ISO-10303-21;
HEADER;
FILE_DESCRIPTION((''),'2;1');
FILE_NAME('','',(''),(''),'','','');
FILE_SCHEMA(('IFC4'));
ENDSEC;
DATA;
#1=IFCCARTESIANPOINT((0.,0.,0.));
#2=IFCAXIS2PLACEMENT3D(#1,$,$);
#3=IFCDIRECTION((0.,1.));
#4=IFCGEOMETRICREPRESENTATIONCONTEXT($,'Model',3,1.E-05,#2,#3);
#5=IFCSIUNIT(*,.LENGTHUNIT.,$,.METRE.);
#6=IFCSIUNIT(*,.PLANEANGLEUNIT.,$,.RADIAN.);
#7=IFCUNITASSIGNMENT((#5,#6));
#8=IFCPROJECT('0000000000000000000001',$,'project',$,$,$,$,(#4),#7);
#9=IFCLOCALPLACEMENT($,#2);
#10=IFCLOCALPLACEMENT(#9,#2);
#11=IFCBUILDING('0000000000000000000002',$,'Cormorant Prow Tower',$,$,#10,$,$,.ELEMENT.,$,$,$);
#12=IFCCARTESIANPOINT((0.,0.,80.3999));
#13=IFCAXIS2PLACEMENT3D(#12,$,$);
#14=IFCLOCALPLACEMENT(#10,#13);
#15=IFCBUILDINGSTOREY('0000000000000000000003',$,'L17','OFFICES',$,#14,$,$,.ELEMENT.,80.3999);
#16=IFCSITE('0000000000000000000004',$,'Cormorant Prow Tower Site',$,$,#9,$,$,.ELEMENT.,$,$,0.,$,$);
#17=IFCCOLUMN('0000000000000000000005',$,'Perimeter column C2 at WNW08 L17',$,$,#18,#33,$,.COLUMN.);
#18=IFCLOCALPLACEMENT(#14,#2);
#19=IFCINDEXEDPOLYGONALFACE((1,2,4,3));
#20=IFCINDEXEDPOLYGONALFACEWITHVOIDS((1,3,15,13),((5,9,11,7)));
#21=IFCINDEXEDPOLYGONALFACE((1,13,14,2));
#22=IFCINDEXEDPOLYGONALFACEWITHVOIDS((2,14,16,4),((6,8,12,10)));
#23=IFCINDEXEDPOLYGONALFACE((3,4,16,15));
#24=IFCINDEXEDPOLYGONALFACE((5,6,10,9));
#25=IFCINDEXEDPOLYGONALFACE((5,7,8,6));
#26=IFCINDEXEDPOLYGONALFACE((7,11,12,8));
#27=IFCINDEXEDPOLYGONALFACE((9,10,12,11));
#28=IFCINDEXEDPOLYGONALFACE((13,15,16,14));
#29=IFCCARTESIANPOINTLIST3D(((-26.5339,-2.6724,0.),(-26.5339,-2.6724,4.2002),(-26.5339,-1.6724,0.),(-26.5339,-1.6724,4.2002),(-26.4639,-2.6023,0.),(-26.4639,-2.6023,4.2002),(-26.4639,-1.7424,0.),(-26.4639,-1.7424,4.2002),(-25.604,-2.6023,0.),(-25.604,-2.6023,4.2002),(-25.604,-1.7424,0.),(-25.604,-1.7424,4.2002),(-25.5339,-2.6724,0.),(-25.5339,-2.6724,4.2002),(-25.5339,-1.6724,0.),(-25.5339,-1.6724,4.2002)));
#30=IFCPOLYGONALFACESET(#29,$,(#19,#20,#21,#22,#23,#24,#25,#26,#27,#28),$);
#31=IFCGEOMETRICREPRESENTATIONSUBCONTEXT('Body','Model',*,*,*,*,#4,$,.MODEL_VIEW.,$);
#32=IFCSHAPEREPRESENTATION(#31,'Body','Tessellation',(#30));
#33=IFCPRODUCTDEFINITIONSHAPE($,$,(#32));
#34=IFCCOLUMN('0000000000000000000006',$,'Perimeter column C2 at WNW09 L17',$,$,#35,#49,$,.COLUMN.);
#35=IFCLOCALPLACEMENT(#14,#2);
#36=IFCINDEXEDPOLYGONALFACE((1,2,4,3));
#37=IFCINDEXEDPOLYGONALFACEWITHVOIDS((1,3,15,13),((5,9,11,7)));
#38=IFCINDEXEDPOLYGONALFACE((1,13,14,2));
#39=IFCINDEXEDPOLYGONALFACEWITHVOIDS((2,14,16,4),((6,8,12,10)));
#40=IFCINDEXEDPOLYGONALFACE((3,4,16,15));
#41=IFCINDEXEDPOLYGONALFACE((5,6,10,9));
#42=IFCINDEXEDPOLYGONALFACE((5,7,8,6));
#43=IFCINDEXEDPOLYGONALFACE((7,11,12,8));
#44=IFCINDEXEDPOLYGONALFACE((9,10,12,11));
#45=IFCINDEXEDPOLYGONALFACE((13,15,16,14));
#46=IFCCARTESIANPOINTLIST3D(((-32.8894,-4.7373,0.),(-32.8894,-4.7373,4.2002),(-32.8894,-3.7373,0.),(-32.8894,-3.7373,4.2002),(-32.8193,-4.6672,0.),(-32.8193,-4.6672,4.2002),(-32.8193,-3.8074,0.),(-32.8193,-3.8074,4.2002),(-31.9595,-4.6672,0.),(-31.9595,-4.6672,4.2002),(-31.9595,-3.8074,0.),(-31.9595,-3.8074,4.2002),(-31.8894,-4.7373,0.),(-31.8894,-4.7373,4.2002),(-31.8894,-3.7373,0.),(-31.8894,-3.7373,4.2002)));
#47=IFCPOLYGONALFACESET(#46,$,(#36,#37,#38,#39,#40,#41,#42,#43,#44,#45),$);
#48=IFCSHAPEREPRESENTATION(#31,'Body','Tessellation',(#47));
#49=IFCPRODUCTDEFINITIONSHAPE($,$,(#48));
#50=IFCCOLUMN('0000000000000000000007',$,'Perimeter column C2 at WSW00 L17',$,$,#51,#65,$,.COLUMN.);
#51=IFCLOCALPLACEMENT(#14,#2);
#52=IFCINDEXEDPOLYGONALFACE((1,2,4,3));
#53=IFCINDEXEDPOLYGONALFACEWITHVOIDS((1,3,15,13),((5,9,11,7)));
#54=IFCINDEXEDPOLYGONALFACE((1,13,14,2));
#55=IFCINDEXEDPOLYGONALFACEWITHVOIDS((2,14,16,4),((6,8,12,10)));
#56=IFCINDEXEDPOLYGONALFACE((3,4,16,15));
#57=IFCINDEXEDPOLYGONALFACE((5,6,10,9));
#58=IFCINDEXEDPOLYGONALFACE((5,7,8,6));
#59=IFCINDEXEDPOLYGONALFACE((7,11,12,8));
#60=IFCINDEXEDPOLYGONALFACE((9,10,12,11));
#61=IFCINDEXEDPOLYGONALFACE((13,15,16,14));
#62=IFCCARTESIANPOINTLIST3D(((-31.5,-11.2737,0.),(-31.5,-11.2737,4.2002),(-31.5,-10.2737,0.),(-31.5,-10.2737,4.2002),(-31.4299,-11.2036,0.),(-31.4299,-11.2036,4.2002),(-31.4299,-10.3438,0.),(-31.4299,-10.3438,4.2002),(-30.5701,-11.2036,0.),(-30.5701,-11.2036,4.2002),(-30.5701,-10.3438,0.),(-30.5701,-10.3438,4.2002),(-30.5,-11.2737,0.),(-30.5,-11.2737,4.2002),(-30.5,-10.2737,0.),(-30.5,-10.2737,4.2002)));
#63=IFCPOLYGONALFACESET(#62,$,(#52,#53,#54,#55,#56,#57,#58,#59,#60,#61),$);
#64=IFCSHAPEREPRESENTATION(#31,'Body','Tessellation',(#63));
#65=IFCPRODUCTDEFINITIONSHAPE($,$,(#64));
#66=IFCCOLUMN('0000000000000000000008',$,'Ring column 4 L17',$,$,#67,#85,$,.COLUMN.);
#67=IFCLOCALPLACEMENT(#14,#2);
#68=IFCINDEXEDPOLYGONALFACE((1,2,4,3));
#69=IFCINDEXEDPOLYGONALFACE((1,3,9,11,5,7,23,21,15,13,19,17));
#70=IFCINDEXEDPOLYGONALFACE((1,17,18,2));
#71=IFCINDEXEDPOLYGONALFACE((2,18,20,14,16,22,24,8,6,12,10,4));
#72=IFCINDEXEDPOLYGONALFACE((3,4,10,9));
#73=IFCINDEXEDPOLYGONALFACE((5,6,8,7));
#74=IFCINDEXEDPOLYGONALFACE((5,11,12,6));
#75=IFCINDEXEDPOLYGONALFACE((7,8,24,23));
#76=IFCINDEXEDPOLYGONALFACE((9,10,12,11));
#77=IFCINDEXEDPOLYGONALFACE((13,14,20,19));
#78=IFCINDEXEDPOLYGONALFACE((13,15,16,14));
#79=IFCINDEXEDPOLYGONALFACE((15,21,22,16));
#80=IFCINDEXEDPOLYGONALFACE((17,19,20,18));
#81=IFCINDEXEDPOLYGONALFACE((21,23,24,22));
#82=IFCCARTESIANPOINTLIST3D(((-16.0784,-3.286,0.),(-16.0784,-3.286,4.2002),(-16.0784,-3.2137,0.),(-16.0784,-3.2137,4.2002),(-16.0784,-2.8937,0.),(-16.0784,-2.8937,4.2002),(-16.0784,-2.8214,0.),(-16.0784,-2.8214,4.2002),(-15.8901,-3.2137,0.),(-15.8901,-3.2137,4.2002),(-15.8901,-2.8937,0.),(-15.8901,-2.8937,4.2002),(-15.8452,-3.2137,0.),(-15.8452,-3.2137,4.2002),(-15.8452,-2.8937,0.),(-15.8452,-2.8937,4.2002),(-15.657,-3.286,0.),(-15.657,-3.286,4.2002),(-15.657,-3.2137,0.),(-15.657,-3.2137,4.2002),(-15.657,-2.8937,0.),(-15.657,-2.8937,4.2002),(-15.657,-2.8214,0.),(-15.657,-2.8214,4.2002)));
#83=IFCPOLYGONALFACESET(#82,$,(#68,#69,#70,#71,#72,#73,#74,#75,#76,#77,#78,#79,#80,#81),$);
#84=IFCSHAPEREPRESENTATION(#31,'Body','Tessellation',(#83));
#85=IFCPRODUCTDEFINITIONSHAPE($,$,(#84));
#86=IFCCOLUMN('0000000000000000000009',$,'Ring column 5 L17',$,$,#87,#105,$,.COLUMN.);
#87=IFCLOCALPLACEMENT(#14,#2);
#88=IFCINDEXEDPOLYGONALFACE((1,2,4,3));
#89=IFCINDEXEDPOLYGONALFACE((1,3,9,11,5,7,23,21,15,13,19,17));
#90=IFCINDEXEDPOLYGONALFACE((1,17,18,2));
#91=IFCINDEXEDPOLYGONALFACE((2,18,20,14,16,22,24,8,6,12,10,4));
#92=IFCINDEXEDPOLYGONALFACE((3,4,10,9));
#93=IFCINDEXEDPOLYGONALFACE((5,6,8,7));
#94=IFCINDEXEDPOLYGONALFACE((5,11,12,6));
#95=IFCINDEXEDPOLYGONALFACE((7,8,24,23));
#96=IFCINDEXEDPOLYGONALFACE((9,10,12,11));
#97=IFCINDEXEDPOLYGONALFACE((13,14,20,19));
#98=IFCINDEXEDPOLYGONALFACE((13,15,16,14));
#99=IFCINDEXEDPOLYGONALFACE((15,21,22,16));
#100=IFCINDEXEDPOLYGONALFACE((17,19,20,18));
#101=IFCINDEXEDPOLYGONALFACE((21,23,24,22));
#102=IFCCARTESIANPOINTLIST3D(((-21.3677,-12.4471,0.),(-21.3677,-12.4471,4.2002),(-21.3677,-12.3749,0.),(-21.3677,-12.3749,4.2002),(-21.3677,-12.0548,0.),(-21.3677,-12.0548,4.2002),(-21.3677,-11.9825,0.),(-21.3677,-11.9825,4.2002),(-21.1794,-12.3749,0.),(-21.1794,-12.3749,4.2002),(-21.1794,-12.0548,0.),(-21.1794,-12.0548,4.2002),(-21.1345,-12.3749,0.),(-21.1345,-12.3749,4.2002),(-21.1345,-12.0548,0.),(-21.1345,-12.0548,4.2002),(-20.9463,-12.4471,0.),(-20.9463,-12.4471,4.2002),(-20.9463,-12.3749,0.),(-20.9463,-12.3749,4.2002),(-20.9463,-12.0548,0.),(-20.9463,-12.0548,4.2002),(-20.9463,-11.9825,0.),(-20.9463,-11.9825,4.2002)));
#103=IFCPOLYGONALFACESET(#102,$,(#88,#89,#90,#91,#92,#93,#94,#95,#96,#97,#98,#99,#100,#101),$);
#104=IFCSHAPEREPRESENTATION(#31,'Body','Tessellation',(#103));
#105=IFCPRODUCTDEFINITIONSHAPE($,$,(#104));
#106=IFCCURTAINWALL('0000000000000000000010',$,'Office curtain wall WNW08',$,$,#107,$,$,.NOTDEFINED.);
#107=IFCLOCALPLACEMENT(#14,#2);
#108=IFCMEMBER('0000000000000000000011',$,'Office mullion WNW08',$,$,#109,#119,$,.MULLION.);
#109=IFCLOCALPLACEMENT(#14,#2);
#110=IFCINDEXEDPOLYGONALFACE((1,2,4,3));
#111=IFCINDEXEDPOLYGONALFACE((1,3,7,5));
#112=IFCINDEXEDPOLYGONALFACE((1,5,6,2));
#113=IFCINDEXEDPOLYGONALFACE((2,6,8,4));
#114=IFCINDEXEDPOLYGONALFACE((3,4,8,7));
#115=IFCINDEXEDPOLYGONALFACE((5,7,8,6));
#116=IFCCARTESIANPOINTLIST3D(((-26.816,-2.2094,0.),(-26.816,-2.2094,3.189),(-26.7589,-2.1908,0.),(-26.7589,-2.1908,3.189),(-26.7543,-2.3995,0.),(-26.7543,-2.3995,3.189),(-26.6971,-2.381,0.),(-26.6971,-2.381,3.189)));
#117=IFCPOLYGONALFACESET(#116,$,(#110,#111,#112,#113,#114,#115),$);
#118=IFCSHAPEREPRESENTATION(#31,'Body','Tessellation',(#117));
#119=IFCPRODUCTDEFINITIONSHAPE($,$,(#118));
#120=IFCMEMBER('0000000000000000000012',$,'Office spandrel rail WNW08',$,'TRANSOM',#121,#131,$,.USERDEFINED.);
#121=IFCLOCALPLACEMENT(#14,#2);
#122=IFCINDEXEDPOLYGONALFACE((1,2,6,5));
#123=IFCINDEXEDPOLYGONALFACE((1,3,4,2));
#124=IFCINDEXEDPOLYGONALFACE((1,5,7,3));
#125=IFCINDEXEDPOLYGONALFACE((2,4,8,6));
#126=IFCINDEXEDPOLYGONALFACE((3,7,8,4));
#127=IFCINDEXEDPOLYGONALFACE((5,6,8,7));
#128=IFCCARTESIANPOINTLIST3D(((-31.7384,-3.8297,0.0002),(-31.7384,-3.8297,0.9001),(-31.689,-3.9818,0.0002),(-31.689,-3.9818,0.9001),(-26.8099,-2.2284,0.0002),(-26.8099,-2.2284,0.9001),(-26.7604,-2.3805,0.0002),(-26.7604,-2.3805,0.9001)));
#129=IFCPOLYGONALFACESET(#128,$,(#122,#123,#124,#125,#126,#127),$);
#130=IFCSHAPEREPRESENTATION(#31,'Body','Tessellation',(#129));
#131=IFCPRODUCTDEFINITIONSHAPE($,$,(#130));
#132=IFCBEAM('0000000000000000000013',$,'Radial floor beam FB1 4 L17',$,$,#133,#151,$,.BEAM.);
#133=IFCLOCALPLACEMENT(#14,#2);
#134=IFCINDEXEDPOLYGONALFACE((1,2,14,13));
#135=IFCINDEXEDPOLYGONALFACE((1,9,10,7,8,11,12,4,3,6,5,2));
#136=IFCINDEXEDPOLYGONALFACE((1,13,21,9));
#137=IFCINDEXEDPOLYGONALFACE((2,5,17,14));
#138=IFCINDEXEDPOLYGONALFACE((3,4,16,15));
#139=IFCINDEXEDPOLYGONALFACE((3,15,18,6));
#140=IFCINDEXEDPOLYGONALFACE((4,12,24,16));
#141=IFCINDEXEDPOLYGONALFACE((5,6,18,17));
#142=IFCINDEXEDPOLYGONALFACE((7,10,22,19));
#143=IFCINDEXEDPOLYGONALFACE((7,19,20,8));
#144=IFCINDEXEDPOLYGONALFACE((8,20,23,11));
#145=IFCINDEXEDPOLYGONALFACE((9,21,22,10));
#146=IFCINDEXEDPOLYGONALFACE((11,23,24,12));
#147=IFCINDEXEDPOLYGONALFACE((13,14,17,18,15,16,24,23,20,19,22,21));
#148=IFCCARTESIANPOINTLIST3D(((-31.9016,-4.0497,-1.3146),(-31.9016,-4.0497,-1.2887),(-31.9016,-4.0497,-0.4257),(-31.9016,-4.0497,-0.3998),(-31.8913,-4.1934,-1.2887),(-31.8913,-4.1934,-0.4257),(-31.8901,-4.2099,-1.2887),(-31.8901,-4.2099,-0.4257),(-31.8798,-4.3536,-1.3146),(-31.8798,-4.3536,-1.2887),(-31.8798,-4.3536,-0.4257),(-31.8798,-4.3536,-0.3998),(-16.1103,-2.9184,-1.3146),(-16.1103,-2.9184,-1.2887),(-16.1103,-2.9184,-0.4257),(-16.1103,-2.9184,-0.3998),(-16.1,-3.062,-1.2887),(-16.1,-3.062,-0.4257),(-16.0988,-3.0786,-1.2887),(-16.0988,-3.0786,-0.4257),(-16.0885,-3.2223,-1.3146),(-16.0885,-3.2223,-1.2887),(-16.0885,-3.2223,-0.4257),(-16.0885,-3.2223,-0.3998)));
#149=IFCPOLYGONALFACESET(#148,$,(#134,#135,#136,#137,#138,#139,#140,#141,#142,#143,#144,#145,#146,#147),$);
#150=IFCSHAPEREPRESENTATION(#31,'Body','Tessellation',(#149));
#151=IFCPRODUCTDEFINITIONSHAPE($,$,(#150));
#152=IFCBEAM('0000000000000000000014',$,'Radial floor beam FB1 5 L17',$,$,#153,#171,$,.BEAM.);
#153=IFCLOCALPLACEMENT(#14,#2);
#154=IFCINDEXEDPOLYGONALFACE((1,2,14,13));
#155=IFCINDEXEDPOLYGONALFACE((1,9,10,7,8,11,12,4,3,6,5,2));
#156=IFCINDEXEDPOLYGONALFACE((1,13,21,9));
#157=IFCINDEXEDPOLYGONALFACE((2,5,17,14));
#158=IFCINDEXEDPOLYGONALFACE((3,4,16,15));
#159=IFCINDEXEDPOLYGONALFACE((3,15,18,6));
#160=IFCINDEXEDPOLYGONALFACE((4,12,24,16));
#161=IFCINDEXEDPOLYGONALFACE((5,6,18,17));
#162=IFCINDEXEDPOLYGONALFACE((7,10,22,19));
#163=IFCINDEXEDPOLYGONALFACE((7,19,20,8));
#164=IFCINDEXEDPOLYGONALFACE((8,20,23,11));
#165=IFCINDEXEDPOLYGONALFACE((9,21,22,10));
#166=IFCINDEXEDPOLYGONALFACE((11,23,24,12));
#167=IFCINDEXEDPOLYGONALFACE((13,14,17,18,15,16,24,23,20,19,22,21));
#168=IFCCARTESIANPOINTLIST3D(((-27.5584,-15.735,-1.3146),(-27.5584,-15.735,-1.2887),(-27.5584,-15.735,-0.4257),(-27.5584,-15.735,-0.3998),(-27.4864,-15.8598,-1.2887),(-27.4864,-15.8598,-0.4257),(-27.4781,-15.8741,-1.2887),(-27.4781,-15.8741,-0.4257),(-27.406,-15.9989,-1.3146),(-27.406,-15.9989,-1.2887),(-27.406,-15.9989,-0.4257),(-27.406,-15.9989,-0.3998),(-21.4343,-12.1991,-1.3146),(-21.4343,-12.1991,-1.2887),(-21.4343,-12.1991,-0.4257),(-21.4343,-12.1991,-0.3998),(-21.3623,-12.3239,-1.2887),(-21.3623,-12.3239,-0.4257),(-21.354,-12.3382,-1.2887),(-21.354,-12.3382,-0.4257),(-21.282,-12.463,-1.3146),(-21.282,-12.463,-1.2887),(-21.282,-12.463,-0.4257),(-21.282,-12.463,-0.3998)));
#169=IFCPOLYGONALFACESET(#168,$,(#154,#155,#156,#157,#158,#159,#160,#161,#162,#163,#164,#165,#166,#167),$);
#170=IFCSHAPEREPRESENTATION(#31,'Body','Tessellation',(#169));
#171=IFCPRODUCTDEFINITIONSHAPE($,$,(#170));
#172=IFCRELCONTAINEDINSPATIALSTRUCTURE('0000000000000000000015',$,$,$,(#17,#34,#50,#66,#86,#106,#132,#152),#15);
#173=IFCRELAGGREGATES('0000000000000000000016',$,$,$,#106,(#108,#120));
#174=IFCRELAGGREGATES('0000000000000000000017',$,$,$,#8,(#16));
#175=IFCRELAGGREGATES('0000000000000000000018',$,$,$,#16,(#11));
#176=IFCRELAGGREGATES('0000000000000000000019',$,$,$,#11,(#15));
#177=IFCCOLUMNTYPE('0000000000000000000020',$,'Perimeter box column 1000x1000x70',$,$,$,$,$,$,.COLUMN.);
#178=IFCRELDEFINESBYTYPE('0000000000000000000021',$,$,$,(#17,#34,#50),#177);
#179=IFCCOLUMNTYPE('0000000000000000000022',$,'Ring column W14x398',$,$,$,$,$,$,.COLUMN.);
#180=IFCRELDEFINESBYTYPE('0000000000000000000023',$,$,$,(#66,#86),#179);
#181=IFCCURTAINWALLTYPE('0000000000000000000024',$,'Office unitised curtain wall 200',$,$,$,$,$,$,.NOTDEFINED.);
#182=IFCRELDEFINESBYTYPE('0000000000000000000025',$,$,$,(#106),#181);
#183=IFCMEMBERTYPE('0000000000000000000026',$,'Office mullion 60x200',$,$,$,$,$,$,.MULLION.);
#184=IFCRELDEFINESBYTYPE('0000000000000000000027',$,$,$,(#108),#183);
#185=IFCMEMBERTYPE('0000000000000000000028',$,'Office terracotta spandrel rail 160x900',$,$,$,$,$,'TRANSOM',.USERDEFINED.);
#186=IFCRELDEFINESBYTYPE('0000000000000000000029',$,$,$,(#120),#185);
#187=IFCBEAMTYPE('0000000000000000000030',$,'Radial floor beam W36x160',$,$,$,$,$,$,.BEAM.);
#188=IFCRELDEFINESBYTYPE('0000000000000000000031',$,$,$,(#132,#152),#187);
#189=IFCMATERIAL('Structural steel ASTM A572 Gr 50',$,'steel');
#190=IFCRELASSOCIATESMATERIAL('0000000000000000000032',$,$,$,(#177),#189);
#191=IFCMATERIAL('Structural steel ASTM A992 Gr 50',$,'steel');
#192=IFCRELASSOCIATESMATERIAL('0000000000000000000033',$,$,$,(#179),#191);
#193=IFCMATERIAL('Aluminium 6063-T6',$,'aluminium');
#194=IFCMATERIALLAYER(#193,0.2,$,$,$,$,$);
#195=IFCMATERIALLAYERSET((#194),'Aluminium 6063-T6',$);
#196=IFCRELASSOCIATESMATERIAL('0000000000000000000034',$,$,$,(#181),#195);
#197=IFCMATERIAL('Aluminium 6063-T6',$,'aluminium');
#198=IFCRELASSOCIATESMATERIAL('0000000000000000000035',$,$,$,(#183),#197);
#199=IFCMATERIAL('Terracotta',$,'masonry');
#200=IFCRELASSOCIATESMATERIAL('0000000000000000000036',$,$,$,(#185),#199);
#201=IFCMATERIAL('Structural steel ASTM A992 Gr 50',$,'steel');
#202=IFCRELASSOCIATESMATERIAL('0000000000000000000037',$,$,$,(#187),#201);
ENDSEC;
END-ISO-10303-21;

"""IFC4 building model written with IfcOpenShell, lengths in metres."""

from ifc_helpers import new_model, si_unit, direction, frame, origin, origin_2d, place, context, subcontext, project, spatial, rectangle, hollow_rectangle, i_section, extrude, material, layer, layer_set, material_profile, profile_set, type_object, element, aggregate, save


model = new_model("IFC4")

# Units and contexts
model_context = context("Model", 3, precision=1e-05, world=origin(), true_north=direction((0.0, 1.0)))
body_context = subcontext(model_context, "Body", "Model", "MODEL_VIEW")
ifc_project = project(units=[si_unit("LENGTHUNIT", "METRE"), si_unit("PLANEANGLEUNIT", "RADIAN")], contexts=[model_context])

# Site, building, storey
site_placement = place(None, origin())
site = spatial("IfcSite", under=ifc_project, at=site_placement, Name="Cormorant Prow Tower Site", CompositionType="ELEMENT", RefElevation=0.0)
building_placement = place(site_placement, origin())
building = spatial("IfcBuilding", under=site, at=building_placement, Name="Cormorant Prow Tower", CompositionType="ELEMENT")
storey_placement = place(building_placement, frame((0.0, 0.0, 80.3999)))
storey = spatial("IfcBuildingStorey", under=building, at=storey_placement, Name="L17", Description="OFFICES", CompositionType="ELEMENT", Elevation=80.3999)

# Columns
ifc_material_1 = material(Name="Structural steel ASTM A572 Gr 50", Category="steel")
ifc_material_profile_1 = material_profile(ifc_material_1, hollow_rectangle(XDim=1.0, YDim=1.0, WallThickness=0.0701, at=origin_2d()), Name="Box 1000x1000x70")
ifc_profile_set_1 = profile_set([ifc_material_profile_1], Name="Structural steel ASTM A572 Gr 50")
column_type_1 = type_object("IfcColumnType", Name="Perimeter box column 1000x1000x70", PredefinedType="COLUMN", material=ifc_profile_set_1)
for number, where, z_axis, x_axis, name in (
    (1, (-26.0339, -2.1724, 0.0), (0.0, 0.0, 1.0), (1.0, 0.0, 0.0), "Perimeter column C2 at WNW08 L17"),
    (2, (-32.3894, -4.2373, 0.0), (0.0, 0.0, 1.0), (1.0, 0.0, 0.0), "Perimeter column C2 at WNW09 L17"),
    (3, (-31.0, -10.7737, 0.0), (0.0, 0.0, 1.0), (1.0, 0.0, 0.0), "Perimeter column C2 at WSW00 L17"),
):
    element("IfcColumn", number, at=place(storey_placement, frame(where, z_axis=z_axis, x_axis=x_axis)), inside=storey, type_object=column_type_1, Name=name, PredefinedType="COLUMN", context=body_context, shape_type="SweptSolid", body=[
        extrude(hollow_rectangle(XDim=1.0, YDim=1.0, WallThickness=0.0701, at=origin_2d()), origin(), (0.0, 0.0, 1.0), 4.2002),
    ])
ifc_material_2 = material(Name="Structural steel ASTM A992 Gr 50", Category="steel")
ifc_material_profile_2 = material_profile(ifc_material_2, i_section(OverallWidth=0.4214, OverallDepth=0.4646, WebThickness=0.0449, FlangeThickness=0.0723, at=origin_2d()), Name="W14x398")
ifc_profile_set_2 = profile_set([ifc_material_profile_2], Name="Structural steel ASTM A992 Gr 50")
column_type_2 = type_object("IfcColumnType", Name="Ring column W14x398", PredefinedType="COLUMN", material=ifc_profile_set_2)
for number, where, z_axis, x_axis, name in (
    (4, (-15.8677, -3.0537, 0.0), (0.0, 0.0, 1.0), (1.0, 0.0, 0.0), "Ring column 4 L17"),
    (5, (-21.157, -12.2148, 0.0), (0.0, 0.0, 1.0), (1.0, 0.0, 0.0), "Ring column 5 L17"),
):
    element("IfcColumn", number, at=place(storey_placement, frame(where, z_axis=z_axis, x_axis=x_axis)), inside=storey, type_object=column_type_2, Name=name, PredefinedType="COLUMN", context=body_context, shape_type="SweptSolid", body=[
        extrude(i_section(OverallWidth=0.4214, OverallDepth=0.4646, WebThickness=0.0449, FlangeThickness=0.0723, at=origin_2d()), origin(), (0.0, 0.0, 1.0), 4.2002),
    ])

# Curtain wall, members
ifc_material_3 = material(Name="Aluminium 6063-T6", Category="aluminium")
ifc_layer_1 = layer(ifc_material_3, 0.2)
ifc_layer_set_1 = layer_set([ifc_layer_1], Name="Aluminium 6063-T6")
curtain_wall_type = type_object("IfcCurtainWallType", Name="Office unitised curtain wall 200", PredefinedType="NOTDEFINED", material=ifc_layer_set_1)
curtain_wall_placement = place(storey_placement, origin())
curtain_wall = element("IfcCurtainWall", 6, at=curtain_wall_placement, inside=storey, type_object=curtain_wall_type, Name="Office curtain wall WNW08", PredefinedType="NOTDEFINED")
ifc_material_4 = material(Name="Aluminium 6063-T6", Category="aluminium")
ifc_material_profile_3 = material_profile(ifc_material_4, rectangle(XDim=0.2, YDim=0.0601, at=origin_2d()), Name="Office mullion 60x200")
ifc_profile_set_3 = profile_set([ifc_material_profile_3], Name="Aluminium 6063-T6")
member_type_1 = type_object("IfcMemberType", Name="Office mullion 60x200", PredefinedType="MULLION", material=ifc_profile_set_3)
member_1_placement = place(storey_placement, frame((-26.7566, -2.2952, 0.0), z_axis=(0.0, 0.0, 1.0), x_axis=(0.309017, -0.951057, 0.0)))
member_1 = element("IfcMember", 7, at=member_1_placement, type_object=member_type_1, Name="Office mullion WNW08", PredefinedType="MULLION", context=body_context, shape_type="SweptSolid", body=[
    extrude(rectangle(XDim=0.2, YDim=0.0601, at=origin_2d()), origin(), (0.0, 0.0, 1.0), 3.189),
])
ifc_material_5 = material(Name="Terracotta", Category="masonry")
ifc_material_profile_4 = material_profile(ifc_material_5, rectangle(XDim=0.1599, YDim=0.8999, at=origin_2d()), Name="Office terracotta spandrel rail 160x900")
ifc_profile_set_4 = profile_set([ifc_material_profile_4], Name="Terracotta")
member_type_2 = type_object("IfcMemberType", Name="Office terracotta spandrel rail 160x900", ElementType="TRANSOM", PredefinedType="USERDEFINED", material=ifc_profile_set_4)
member_2_placement = place(storey_placement, frame((-26.7852, -2.3044, 0.4502), z_axis=(-0.951059, -0.30901, 0.0), x_axis=(0.30901, -0.951059, 0.0)))
member_2 = element("IfcMember", 8, at=member_2_placement, type_object=member_type_2, Name="Office spandrel rail WNW08", ObjectType="TRANSOM", PredefinedType="USERDEFINED", context=body_context, shape_type="SweptSolid", body=[
    extrude(rectangle(XDim=0.1599, YDim=0.8999, at=origin_2d()), origin(), (0.0, 0.0, 1.0), 5.1821),
])

# Beams
ifc_material_6 = material(Name="Structural steel ASTM A992 Gr 50", Category="steel")
ifc_material_profile_5 = material_profile(ifc_material_6, i_section(OverallWidth=0.3047, OverallDepth=0.9148, WebThickness=0.0166, FlangeThickness=0.0259, at=origin_2d()), Name="W36x160")
ifc_profile_set_5 = profile_set([ifc_material_profile_5], Name="Structural steel ASTM A992 Gr 50")
beam_type_1 = type_object("IfcBeamType", Name="Radial floor beam W36x160", PredefinedType="BEAM", material=ifc_profile_set_5)
beam_1_placement = place(storey_placement, frame((-16.0994, -3.0703, -0.8572), z_axis=(-0.997443, -0.071461, 0.0), x_axis=(0.071461, -0.997443, 0.0)))
element("IfcBeam", 9, at=beam_1_placement, inside=storey, type_object=beam_type_1, Name="Radial floor beam FB1 4 L17", PredefinedType="BEAM", context=body_context, shape_type="SweptSolid", body=[
    extrude(i_section(OverallWidth=0.3047, OverallDepth=0.9148, WebThickness=0.0166, FlangeThickness=0.0259, at=origin_2d()), origin(), (0.0, 0.0, 1.0), 15.8318),
])
beam_2_placement = place(storey_placement, frame((-21.3582, -12.3311, -0.8572), z_axis=(-0.866014, -0.500019, 0.0), x_axis=(0.500019, -0.866014, 0.0)))
element("IfcBeam", 10, at=beam_2_placement, inside=storey, type_object=beam_type_1, Name="Radial floor beam FB1 5 L17", PredefinedType="BEAM", context=body_context, shape_type="SweptSolid", body=[
    extrude(i_section(OverallWidth=0.3047, OverallDepth=0.9148, WebThickness=0.0166, FlangeThickness=0.0259, at=origin_2d()), origin(), (0.0, 0.0, 1.0), 7.0715),
])

aggregate(curtain_wall, [member_1, member_2])

save(model, "model.ifc")
